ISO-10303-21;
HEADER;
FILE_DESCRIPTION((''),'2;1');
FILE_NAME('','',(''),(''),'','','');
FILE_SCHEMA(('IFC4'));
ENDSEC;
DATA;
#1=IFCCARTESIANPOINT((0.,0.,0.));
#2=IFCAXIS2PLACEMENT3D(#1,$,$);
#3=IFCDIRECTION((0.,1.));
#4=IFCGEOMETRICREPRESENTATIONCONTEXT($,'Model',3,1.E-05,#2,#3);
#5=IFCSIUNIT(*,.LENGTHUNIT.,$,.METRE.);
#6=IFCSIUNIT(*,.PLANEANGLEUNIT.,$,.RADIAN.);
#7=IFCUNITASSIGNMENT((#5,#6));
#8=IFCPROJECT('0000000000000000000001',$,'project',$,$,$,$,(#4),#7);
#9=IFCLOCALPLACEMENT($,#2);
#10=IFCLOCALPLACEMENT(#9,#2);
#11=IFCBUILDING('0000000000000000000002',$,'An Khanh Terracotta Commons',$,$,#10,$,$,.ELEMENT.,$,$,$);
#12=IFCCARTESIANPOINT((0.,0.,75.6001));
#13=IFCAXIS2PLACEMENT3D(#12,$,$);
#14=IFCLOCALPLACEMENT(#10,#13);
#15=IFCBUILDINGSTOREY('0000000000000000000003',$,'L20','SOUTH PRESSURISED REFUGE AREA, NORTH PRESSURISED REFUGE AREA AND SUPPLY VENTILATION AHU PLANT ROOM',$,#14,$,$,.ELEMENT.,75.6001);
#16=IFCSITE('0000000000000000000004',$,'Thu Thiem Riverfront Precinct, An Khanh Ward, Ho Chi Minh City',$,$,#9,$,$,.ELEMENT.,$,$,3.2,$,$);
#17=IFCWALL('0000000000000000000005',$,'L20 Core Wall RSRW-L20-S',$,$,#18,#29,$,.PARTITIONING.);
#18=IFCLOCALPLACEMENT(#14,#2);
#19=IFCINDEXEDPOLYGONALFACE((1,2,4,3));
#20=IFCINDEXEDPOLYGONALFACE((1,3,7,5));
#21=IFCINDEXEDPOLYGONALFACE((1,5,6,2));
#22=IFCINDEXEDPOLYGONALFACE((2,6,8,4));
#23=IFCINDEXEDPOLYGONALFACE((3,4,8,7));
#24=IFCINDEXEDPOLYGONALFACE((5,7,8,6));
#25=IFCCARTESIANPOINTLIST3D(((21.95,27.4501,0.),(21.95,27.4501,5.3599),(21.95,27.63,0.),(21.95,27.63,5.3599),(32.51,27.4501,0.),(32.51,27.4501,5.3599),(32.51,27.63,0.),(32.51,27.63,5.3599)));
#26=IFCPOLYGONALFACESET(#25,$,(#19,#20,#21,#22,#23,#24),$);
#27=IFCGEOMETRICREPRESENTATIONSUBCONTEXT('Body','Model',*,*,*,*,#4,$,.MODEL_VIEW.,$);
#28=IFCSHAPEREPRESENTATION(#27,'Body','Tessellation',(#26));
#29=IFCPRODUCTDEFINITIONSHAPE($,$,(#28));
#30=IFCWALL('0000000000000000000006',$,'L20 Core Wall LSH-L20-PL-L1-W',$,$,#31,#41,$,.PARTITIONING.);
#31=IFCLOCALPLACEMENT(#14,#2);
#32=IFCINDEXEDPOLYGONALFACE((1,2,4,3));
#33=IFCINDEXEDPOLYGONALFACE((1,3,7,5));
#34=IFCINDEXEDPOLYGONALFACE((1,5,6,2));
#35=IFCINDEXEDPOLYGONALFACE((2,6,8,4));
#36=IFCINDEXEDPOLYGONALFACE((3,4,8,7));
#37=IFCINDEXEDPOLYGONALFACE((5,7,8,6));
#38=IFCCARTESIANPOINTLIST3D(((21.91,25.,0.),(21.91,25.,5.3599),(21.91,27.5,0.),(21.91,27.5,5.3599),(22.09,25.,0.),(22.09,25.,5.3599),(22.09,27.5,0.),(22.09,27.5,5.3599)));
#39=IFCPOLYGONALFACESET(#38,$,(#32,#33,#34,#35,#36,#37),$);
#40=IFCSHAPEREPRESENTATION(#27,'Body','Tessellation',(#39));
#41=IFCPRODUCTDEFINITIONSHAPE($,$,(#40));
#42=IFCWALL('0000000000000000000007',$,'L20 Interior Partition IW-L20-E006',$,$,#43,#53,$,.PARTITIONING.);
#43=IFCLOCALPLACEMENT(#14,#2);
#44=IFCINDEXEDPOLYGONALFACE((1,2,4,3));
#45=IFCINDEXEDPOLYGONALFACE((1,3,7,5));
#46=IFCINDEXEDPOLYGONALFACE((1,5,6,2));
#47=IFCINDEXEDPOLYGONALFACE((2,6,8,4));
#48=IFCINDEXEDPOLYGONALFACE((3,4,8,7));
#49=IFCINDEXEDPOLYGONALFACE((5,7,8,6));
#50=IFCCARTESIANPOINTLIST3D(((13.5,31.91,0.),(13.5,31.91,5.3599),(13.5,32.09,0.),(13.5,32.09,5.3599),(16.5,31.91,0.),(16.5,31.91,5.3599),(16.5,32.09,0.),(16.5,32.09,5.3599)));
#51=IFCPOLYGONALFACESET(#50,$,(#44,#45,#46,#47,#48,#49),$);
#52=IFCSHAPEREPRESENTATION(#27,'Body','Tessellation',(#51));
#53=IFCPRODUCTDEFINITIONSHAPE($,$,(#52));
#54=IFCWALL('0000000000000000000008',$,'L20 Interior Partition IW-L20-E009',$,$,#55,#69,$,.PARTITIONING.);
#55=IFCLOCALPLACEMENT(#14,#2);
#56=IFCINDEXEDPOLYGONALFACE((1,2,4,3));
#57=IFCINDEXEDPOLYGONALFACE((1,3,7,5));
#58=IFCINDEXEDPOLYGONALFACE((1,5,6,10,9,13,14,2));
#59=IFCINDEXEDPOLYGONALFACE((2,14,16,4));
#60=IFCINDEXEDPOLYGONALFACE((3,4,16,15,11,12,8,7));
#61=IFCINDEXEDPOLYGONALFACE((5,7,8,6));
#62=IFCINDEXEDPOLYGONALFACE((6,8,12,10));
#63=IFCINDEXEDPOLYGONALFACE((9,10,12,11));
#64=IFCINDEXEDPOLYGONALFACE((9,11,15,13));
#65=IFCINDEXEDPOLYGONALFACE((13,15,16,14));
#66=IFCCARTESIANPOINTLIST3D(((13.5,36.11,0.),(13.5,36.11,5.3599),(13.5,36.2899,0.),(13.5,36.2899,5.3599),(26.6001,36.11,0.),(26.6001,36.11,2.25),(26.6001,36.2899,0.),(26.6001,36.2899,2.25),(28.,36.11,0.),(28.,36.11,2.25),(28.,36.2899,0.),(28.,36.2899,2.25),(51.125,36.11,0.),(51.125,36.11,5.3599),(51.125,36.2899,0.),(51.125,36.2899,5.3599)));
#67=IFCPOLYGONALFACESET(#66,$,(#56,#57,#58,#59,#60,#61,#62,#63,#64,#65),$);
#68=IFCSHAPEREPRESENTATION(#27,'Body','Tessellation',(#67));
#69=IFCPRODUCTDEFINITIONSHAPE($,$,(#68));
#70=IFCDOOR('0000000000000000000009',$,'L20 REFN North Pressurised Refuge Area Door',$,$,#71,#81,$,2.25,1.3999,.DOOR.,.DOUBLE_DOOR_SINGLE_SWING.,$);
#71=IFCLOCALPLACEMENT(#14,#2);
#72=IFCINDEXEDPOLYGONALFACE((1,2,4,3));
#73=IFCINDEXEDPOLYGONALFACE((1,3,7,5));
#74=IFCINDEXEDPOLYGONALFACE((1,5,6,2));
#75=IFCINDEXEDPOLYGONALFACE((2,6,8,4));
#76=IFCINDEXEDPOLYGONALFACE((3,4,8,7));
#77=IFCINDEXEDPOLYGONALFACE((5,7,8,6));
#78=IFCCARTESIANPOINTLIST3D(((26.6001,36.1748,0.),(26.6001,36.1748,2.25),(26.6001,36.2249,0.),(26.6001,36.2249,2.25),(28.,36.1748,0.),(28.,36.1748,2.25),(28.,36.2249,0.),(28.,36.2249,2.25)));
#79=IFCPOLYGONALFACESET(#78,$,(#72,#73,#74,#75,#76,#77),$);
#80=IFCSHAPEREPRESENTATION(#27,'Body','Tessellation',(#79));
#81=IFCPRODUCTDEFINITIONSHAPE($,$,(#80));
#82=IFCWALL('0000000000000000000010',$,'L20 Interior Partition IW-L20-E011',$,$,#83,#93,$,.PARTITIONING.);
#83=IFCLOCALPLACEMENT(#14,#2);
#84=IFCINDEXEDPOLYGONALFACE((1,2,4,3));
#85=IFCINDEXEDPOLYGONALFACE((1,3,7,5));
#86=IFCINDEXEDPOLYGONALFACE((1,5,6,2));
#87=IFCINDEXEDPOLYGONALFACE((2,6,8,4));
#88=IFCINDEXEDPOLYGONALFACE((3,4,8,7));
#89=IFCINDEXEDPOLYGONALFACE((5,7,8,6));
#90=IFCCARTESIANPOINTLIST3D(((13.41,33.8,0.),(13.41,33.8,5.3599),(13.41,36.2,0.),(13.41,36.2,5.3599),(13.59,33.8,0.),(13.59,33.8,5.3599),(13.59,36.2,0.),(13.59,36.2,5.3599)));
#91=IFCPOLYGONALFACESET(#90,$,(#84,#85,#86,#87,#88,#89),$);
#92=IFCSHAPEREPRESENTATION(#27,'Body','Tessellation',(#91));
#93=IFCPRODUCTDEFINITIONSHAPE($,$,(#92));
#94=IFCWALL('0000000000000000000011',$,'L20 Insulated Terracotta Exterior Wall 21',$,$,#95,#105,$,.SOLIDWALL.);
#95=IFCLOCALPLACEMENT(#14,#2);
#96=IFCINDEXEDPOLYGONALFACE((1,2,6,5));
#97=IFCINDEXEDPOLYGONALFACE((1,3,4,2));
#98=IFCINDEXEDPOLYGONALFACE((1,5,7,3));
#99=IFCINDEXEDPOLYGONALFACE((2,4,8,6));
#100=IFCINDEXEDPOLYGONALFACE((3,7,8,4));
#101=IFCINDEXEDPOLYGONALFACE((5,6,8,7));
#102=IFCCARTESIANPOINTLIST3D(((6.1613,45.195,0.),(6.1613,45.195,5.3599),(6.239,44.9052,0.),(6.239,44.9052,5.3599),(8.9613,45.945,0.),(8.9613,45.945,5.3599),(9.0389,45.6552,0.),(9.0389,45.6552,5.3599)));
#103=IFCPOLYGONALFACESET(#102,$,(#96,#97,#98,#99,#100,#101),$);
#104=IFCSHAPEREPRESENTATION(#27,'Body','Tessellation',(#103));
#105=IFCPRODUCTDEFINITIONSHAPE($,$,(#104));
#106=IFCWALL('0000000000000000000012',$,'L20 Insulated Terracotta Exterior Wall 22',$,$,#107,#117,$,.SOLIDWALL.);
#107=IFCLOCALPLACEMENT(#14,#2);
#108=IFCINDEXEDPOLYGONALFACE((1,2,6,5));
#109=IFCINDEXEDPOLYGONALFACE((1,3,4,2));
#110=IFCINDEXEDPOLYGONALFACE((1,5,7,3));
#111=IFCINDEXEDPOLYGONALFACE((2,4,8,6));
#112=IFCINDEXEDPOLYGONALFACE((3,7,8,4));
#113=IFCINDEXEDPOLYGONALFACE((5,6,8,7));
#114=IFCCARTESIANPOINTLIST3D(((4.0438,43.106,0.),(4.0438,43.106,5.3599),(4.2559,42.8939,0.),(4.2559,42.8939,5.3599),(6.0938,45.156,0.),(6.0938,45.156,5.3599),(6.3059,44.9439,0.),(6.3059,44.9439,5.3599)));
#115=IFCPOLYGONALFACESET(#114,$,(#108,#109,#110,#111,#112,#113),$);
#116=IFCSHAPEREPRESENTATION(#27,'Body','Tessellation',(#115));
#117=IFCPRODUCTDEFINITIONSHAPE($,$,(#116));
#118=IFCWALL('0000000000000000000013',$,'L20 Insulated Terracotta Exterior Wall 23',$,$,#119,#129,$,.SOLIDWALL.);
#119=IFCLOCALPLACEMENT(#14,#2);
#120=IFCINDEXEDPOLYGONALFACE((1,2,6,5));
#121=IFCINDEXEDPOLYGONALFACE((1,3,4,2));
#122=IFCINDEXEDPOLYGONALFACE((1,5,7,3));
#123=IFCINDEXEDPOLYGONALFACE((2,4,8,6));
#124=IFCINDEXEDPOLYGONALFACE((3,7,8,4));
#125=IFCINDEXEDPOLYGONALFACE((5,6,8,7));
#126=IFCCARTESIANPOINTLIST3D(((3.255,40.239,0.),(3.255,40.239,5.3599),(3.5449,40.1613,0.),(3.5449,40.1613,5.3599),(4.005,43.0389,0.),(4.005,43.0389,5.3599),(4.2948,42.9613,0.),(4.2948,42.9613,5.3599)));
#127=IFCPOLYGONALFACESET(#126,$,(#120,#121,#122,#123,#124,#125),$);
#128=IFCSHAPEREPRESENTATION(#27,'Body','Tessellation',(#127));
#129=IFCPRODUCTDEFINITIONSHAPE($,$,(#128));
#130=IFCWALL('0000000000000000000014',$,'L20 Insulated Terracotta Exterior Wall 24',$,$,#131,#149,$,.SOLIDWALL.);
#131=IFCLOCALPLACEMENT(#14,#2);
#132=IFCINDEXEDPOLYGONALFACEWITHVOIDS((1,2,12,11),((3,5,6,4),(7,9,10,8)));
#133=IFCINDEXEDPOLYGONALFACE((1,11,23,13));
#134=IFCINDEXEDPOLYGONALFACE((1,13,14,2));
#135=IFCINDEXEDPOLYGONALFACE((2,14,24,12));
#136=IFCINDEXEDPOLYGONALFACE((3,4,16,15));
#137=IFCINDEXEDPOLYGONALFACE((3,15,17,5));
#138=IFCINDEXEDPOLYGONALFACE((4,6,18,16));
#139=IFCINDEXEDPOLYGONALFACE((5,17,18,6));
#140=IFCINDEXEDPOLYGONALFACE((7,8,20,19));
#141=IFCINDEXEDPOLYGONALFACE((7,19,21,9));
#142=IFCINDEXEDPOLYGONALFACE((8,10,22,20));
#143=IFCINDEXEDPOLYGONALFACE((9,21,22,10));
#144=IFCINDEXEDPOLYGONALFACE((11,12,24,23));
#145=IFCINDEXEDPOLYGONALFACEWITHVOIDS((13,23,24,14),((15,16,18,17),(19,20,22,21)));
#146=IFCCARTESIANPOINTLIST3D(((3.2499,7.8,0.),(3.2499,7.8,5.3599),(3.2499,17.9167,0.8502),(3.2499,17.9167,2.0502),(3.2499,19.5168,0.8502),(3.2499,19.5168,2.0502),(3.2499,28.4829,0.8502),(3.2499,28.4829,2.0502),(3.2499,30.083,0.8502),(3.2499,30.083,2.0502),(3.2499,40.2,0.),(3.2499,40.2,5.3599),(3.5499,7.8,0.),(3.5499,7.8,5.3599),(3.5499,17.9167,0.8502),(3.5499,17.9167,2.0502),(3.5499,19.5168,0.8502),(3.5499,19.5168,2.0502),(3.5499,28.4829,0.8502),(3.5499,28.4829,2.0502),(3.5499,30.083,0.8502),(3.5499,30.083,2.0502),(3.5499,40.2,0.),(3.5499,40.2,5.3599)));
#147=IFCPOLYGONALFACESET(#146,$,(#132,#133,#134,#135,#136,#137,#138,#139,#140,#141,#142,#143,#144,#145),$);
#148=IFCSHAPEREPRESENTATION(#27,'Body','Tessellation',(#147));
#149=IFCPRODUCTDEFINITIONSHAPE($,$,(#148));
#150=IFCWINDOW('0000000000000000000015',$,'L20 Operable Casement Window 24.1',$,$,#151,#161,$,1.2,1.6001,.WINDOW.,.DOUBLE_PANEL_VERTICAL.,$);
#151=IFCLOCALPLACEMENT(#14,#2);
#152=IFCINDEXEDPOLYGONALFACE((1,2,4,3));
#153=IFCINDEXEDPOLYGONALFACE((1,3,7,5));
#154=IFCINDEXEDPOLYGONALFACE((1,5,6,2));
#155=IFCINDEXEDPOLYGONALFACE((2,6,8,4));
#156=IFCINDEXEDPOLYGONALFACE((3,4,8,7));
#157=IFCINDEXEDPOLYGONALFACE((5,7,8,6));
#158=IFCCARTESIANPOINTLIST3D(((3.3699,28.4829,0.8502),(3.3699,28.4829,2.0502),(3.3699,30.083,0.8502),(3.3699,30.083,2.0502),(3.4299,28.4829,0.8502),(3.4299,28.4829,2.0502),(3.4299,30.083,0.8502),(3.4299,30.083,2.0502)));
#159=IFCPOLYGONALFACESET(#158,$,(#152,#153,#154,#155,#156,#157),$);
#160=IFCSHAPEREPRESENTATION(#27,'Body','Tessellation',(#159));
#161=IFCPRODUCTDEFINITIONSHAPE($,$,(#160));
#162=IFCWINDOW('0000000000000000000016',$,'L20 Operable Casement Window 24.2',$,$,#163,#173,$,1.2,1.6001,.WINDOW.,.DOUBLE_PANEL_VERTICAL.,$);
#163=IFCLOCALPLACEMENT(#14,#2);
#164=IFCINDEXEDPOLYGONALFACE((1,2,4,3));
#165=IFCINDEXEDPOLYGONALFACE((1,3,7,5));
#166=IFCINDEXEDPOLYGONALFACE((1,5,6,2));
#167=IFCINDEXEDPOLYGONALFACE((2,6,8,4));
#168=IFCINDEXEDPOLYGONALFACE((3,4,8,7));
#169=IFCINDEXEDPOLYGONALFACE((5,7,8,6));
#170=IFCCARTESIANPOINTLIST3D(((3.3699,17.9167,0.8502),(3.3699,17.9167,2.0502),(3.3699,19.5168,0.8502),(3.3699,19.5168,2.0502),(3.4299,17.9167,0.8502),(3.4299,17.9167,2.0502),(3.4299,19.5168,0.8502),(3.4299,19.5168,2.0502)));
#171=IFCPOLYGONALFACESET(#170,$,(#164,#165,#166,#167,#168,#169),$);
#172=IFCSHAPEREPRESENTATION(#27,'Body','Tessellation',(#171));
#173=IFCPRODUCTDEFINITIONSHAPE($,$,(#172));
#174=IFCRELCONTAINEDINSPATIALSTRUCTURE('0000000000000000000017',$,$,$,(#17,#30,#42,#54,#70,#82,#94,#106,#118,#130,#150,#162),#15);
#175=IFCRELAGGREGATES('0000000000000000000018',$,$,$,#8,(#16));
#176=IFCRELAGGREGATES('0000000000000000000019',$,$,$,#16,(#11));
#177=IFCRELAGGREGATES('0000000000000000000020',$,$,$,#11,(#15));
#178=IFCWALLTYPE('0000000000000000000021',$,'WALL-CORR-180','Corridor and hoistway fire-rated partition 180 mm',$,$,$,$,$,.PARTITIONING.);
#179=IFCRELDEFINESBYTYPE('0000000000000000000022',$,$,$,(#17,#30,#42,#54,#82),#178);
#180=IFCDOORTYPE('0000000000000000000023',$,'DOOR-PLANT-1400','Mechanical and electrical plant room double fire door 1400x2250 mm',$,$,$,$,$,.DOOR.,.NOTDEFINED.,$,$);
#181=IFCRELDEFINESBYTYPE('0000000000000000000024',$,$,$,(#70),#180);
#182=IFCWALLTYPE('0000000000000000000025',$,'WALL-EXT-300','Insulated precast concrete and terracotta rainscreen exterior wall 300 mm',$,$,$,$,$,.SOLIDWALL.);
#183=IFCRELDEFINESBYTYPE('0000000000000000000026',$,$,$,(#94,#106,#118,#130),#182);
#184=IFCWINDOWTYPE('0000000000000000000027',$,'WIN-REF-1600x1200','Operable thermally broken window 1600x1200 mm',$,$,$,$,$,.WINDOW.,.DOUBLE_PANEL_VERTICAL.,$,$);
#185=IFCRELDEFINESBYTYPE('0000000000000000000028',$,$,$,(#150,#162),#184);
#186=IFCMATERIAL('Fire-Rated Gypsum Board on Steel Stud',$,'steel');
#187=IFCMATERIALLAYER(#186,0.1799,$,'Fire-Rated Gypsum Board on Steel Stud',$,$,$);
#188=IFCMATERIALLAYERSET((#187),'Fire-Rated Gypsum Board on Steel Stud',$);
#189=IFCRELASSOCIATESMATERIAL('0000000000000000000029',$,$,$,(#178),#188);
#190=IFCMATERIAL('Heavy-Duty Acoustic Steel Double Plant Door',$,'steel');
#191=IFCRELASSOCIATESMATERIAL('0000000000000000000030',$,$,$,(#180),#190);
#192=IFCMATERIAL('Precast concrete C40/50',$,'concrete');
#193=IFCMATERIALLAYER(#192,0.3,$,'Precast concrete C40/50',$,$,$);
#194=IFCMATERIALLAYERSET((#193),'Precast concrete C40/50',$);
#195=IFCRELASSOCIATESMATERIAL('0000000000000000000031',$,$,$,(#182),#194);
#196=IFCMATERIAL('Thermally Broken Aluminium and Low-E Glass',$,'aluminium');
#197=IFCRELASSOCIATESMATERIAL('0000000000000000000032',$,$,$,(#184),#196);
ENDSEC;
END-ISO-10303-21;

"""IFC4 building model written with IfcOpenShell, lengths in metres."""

from ifc_helpers import new_model, si_unit, direction, frame, frame_2d, origin, place, context, subcontext, project, spatial, rectangle, extrude, material, layer, layer_set, type_object, element, fill, save


model = new_model("IFC4")

# Units and contexts
model_context = context("Model", 3, precision=1e-05, world=origin(), true_north=direction((0.0, 1.0)))
body_context = subcontext(model_context, "Body", "Model", "MODEL_VIEW")
ifc_project = project(units=[si_unit("LENGTHUNIT", "METRE"), si_unit("PLANEANGLEUNIT", "RADIAN")], contexts=[model_context])

# Site, building, storey
site_placement = place(None, origin())
site = spatial("IfcSite", under=ifc_project, at=site_placement, Name="Thu Thiem Riverfront Precinct, An Khanh Ward, Ho Chi Minh City", CompositionType="ELEMENT", RefElevation=3.2)
building_placement = place(site_placement, origin())
building = spatial("IfcBuilding", under=site, at=building_placement, Name="An Khanh Terracotta Commons", CompositionType="ELEMENT")
storey_placement = place(building_placement, frame((0.0, 0.0, 75.6001)))
storey = spatial("IfcBuildingStorey", under=building, at=storey_placement, Name="L20", Description="SOUTH PRESSURISED REFUGE AREA, NORTH PRESSURISED REFUGE AREA AND SUPPLY VENTILATION AHU PLANT ROOM", CompositionType="ELEMENT", Elevation=75.6001)

# Walls
ifc_material_1 = material(Name="Fire-Rated Gypsum Board on Steel Stud", Category="steel")
ifc_layer_1 = layer(ifc_material_1, 0.1799, Name="Fire-Rated Gypsum Board on Steel Stud")
ifc_layer_set_1 = layer_set([ifc_layer_1], Name="Fire-Rated Gypsum Board on Steel Stud")
wall_type_1 = type_object("IfcWallType", Name="WALL-CORR-180", Description="Corridor and hoistway fire-rated partition 180 mm", PredefinedType="PARTITIONING", material=ifc_layer_set_1)
wall_1_placement = place(storey_placement, frame((21.95, 27.54, 0.0), z_axis=(0.0, 0.0, 1.0), x_axis=(1.0, 0.0, 0.0)))
element("IfcWall", 1, at=wall_1_placement, inside=storey, type_object=wall_type_1, Name="L20 Core Wall RSRW-L20-S", PredefinedType="PARTITIONING", context=body_context, shape_type="SweptSolid", body=[
    extrude(rectangle(XDim=10.5601, YDim=0.1799, at=frame_2d((5.28, 0.0))), origin(), (0.0, 0.0, 1.0), 5.3599),
])
wall_2_placement = place(storey_placement, frame((22.0, 27.5, 0.0), z_axis=(0.0, 0.0, 1.0), x_axis=(0.0, -1.0, 0.0)))
element("IfcWall", 2, at=wall_2_placement, inside=storey, type_object=wall_type_1, Name="L20 Core Wall LSH-L20-PL-L1-W", PredefinedType="PARTITIONING", context=body_context, shape_type="SweptSolid", body=[
    extrude(rectangle(XDim=2.5, YDim=0.1799, at=frame_2d((1.25, 0.0))), origin(), (0.0, 0.0, 1.0), 5.3599),
])
wall_3_placement = place(storey_placement, frame((13.5, 32.0, 0.0), z_axis=(0.0, 0.0, 1.0), x_axis=(1.0, 0.0, 0.0)))
element("IfcWall", 3, at=wall_3_placement, inside=storey, type_object=wall_type_1, Name="L20 Interior Partition IW-L20-E006", PredefinedType="PARTITIONING", context=body_context, shape_type="SweptSolid", body=[
    extrude(rectangle(XDim=3.0, YDim=0.1799, at=frame_2d((1.5, 0.0))), origin(), (0.0, 0.0, 1.0), 5.3599),
])

# Wall, opening, door
wall_4_placement = place(storey_placement, frame((13.5, 36.2, 0.0), z_axis=(0.0, 0.0, 1.0), x_axis=(1.0, 0.0, 0.0)))
wall_4 = element("IfcWall", 4, at=wall_4_placement, inside=storey, type_object=wall_type_1, Name="L20 Interior Partition IW-L20-E009", PredefinedType="PARTITIONING", context=body_context, shape_type="SweptSolid", body=[
    extrude(rectangle(XDim=37.625, YDim=0.1799, at=frame_2d((18.8125, 0.0))), origin(), (0.0, 0.0, 1.0), 5.3599),
])
opening_1_placement = place(wall_4_placement, frame((13.1001, 0.0, 0.0)))
opening_1 = element("IfcOpeningElement", 5, at=opening_1_placement, cuts=wall_4, PredefinedType="OPENING", context=body_context, shape_type="SweptSolid", body=[
    extrude(rectangle(XDim=1.3999, YDim=2.25, at=frame_2d((0.7, 1.125))), frame((0.0, 0.0999, 0.0), z_axis=(0.0, -1.0, 0.0), x_axis=(1.0, 0.0, 0.0)), (0.0, 0.0, 1.0), 0.2),
])
ifc_material_2 = material(Name="Heavy-Duty Acoustic Steel Double Plant Door", Category="steel")
door_type = type_object("IfcDoorType", Name="DOOR-PLANT-1400", Description="Mechanical and electrical plant room double fire door 1400x2250 mm", OperationType="NOTDEFINED", PredefinedType="DOOR", material=ifc_material_2)
door_placement = place(opening_1_placement, origin())
door = element("IfcDoor", 6, at=door_placement, inside=storey, type_object=door_type, Name="L20 REFN North Pressurised Refuge Area Door", OperationType="DOUBLE_DOOR_SINGLE_SWING", OverallHeight=2.25, OverallWidth=1.3999, PredefinedType="DOOR", context=body_context, shape_type="SweptSolid", body=[
    extrude(rectangle(XDim=1.3999, YDim=2.25, at=frame_2d((0.7, 1.125))), frame((0.0, 0.0249, 0.0), z_axis=(0.0, -1.0, 0.0), x_axis=(1.0, 0.0, 0.0)), (0.0, 0.0, 1.0), 0.05),
])
fill(opening_1, door)

# Walls
wall_5_placement = place(storey_placement, frame((13.5, 33.8, 0.0), z_axis=(0.0, 0.0, 1.0), x_axis=(0.0, 1.0, 0.0)))
element("IfcWall", 7, at=wall_5_placement, inside=storey, type_object=wall_type_1, Name="L20 Interior Partition IW-L20-E011", PredefinedType="PARTITIONING", context=body_context, shape_type="SweptSolid", body=[
    extrude(rectangle(XDim=2.3999, YDim=0.1799, at=frame_2d((1.2, 0.0))), origin(), (0.0, 0.0, 1.0), 5.3599),
])
ifc_material_3 = material(Name="Precast concrete C40/50", Category="concrete")
ifc_layer_2 = layer(ifc_material_3, 0.3, Name="Precast concrete C40/50")
ifc_layer_set_2 = layer_set([ifc_layer_2], Name="Precast concrete C40/50")
wall_type_2 = type_object("IfcWallType", Name="WALL-EXT-300", Description="Insulated precast concrete and terracotta rainscreen exterior wall 300 mm", PredefinedType="SOLIDWALL", material=ifc_layer_set_2)
wall_6_placement = place(storey_placement, frame((9.0, 45.8, 0.0), z_axis=(0.0, 0.0, 1.0), x_axis=(-0.965949, -0.258732, 0.0)))
element("IfcWall", 8, at=wall_6_placement, inside=storey, type_object=wall_type_2, Name="L20 Insulated Terracotta Exterior Wall 21", PredefinedType="SOLIDWALL", context=body_context, shape_type="SweptSolid", body=[
    extrude(rectangle(XDim=2.8987, YDim=0.3, at=frame_2d((1.4492, 0.0))), origin(), (0.0, 0.0, 1.0), 5.3599),
])
wall_7_placement = place(storey_placement, frame((6.2, 45.05, 0.0), z_axis=(0.0, 0.0, 1.0), x_axis=(-0.707107, -0.707107, 0.0)))
element("IfcWall", 9, at=wall_7_placement, inside=storey, type_object=wall_type_2, Name="L20 Insulated Terracotta Exterior Wall 22", PredefinedType="SOLIDWALL", context=body_context, shape_type="SweptSolid", body=[
    extrude(rectangle(XDim=2.8992, YDim=0.3, at=frame_2d((1.4497, 0.0))), origin(), (0.0, 0.0, 1.0), 5.3599),
])
wall_8_placement = place(storey_placement, frame((4.1499, 43.0, 0.0), z_axis=(0.0, 0.0, 1.0), x_axis=(-0.258732, -0.965949, 0.0)))
element("IfcWall", 10, at=wall_8_placement, inside=storey, type_object=wall_type_2, Name="L20 Insulated Terracotta Exterior Wall 23", PredefinedType="SOLIDWALL", context=body_context, shape_type="SweptSolid", body=[
    extrude(rectangle(XDim=2.8987, YDim=0.3, at=frame_2d((1.4492, 0.0))), origin(), (0.0, 0.0, 1.0), 5.3599),
])

# Wall, openings, windows
wall_9_placement = place(storey_placement, frame((3.3999, 40.2, 0.0), z_axis=(0.0, 0.0, 1.0), x_axis=(0.0, -1.0, 0.0)))
wall_9 = element("IfcWall", 11, at=wall_9_placement, inside=storey, type_object=wall_type_2, Name="L20 Insulated Terracotta Exterior Wall 24", PredefinedType="SOLIDWALL", context=body_context, shape_type="SweptSolid", body=[
    extrude(rectangle(XDim=32.3999, YDim=0.3, at=frame_2d((16.2, 0.0))), origin(), (0.0, 0.0, 1.0), 5.3599),
])
opening_2_placement = place(wall_9_placement, frame((10.1169, 0.0, 0.8501)))
opening_2 = element("IfcOpeningElement", 12, at=opening_2_placement, cuts=wall_9, PredefinedType="OPENING", context=body_context, shape_type="SweptSolid", body=[
    extrude(rectangle(XDim=1.6001, YDim=1.2, at=frame_2d((0.8, 0.6001))), frame((0.0, 0.1599, 0.0), z_axis=(0.0, -1.0, 0.0), x_axis=(1.0, 0.0, 0.0)), (0.0, 0.0, 1.0), 0.3201),
])
opening_3_placement = place(wall_9_placement, frame((20.6831, 0.0, 0.8501)))
opening_3 = element("IfcOpeningElement", 13, at=opening_3_placement, cuts=wall_9, PredefinedType="OPENING", context=body_context, shape_type="SweptSolid", body=[
    extrude(rectangle(XDim=1.6001, YDim=1.2, at=frame_2d((0.8, 0.6001))), frame((0.0, 0.1599, 0.0), z_axis=(0.0, -1.0, 0.0), x_axis=(1.0, 0.0, 0.0)), (0.0, 0.0, 1.0), 0.3201),
])
ifc_material_4 = material(Name="Thermally Broken Aluminium and Low-E Glass", Category="aluminium")
window_type = type_object("IfcWindowType", Name="WIN-REF-1600x1200", Description="Operable thermally broken window 1600x1200 mm", PartitioningType="DOUBLE_PANEL_VERTICAL", PredefinedType="WINDOW", material=ifc_material_4)
window_1_placement = place(opening_2_placement, origin())
window_1 = element("IfcWindow", 14, at=window_1_placement, inside=storey, type_object=window_type, Name="L20 Operable Casement Window 24.1", OverallHeight=1.2, OverallWidth=1.6001, PartitioningType="DOUBLE_PANEL_VERTICAL", PredefinedType="WINDOW", context=body_context, shape_type="SweptSolid", body=[
    extrude(rectangle(XDim=1.6001, YDim=1.2, at=frame_2d((0.8, 0.6001))), frame((0.0, 0.03, 0.0), z_axis=(0.0, -1.0, 0.0), x_axis=(1.0, 0.0, 0.0)), (0.0, 0.0, 1.0), 0.0601),
])
fill(opening_2, window_1)
window_2_placement = place(opening_3_placement, origin())
window_2 = element("IfcWindow", 15, at=window_2_placement, inside=storey, type_object=window_type, Name="L20 Operable Casement Window 24.2", OverallHeight=1.2, OverallWidth=1.6001, PartitioningType="DOUBLE_PANEL_VERTICAL", PredefinedType="WINDOW", context=body_context, shape_type="SweptSolid", body=[
    extrude(rectangle(XDim=1.6001, YDim=1.2, at=frame_2d((0.8, 0.6001))), frame((0.0, 0.03, 0.0), z_axis=(0.0, -1.0, 0.0), x_axis=(1.0, 0.0, 0.0)), (0.0, 0.0, 1.0), 0.0601),
])
fill(opening_3, window_2)

save(model, "model.ifc")
